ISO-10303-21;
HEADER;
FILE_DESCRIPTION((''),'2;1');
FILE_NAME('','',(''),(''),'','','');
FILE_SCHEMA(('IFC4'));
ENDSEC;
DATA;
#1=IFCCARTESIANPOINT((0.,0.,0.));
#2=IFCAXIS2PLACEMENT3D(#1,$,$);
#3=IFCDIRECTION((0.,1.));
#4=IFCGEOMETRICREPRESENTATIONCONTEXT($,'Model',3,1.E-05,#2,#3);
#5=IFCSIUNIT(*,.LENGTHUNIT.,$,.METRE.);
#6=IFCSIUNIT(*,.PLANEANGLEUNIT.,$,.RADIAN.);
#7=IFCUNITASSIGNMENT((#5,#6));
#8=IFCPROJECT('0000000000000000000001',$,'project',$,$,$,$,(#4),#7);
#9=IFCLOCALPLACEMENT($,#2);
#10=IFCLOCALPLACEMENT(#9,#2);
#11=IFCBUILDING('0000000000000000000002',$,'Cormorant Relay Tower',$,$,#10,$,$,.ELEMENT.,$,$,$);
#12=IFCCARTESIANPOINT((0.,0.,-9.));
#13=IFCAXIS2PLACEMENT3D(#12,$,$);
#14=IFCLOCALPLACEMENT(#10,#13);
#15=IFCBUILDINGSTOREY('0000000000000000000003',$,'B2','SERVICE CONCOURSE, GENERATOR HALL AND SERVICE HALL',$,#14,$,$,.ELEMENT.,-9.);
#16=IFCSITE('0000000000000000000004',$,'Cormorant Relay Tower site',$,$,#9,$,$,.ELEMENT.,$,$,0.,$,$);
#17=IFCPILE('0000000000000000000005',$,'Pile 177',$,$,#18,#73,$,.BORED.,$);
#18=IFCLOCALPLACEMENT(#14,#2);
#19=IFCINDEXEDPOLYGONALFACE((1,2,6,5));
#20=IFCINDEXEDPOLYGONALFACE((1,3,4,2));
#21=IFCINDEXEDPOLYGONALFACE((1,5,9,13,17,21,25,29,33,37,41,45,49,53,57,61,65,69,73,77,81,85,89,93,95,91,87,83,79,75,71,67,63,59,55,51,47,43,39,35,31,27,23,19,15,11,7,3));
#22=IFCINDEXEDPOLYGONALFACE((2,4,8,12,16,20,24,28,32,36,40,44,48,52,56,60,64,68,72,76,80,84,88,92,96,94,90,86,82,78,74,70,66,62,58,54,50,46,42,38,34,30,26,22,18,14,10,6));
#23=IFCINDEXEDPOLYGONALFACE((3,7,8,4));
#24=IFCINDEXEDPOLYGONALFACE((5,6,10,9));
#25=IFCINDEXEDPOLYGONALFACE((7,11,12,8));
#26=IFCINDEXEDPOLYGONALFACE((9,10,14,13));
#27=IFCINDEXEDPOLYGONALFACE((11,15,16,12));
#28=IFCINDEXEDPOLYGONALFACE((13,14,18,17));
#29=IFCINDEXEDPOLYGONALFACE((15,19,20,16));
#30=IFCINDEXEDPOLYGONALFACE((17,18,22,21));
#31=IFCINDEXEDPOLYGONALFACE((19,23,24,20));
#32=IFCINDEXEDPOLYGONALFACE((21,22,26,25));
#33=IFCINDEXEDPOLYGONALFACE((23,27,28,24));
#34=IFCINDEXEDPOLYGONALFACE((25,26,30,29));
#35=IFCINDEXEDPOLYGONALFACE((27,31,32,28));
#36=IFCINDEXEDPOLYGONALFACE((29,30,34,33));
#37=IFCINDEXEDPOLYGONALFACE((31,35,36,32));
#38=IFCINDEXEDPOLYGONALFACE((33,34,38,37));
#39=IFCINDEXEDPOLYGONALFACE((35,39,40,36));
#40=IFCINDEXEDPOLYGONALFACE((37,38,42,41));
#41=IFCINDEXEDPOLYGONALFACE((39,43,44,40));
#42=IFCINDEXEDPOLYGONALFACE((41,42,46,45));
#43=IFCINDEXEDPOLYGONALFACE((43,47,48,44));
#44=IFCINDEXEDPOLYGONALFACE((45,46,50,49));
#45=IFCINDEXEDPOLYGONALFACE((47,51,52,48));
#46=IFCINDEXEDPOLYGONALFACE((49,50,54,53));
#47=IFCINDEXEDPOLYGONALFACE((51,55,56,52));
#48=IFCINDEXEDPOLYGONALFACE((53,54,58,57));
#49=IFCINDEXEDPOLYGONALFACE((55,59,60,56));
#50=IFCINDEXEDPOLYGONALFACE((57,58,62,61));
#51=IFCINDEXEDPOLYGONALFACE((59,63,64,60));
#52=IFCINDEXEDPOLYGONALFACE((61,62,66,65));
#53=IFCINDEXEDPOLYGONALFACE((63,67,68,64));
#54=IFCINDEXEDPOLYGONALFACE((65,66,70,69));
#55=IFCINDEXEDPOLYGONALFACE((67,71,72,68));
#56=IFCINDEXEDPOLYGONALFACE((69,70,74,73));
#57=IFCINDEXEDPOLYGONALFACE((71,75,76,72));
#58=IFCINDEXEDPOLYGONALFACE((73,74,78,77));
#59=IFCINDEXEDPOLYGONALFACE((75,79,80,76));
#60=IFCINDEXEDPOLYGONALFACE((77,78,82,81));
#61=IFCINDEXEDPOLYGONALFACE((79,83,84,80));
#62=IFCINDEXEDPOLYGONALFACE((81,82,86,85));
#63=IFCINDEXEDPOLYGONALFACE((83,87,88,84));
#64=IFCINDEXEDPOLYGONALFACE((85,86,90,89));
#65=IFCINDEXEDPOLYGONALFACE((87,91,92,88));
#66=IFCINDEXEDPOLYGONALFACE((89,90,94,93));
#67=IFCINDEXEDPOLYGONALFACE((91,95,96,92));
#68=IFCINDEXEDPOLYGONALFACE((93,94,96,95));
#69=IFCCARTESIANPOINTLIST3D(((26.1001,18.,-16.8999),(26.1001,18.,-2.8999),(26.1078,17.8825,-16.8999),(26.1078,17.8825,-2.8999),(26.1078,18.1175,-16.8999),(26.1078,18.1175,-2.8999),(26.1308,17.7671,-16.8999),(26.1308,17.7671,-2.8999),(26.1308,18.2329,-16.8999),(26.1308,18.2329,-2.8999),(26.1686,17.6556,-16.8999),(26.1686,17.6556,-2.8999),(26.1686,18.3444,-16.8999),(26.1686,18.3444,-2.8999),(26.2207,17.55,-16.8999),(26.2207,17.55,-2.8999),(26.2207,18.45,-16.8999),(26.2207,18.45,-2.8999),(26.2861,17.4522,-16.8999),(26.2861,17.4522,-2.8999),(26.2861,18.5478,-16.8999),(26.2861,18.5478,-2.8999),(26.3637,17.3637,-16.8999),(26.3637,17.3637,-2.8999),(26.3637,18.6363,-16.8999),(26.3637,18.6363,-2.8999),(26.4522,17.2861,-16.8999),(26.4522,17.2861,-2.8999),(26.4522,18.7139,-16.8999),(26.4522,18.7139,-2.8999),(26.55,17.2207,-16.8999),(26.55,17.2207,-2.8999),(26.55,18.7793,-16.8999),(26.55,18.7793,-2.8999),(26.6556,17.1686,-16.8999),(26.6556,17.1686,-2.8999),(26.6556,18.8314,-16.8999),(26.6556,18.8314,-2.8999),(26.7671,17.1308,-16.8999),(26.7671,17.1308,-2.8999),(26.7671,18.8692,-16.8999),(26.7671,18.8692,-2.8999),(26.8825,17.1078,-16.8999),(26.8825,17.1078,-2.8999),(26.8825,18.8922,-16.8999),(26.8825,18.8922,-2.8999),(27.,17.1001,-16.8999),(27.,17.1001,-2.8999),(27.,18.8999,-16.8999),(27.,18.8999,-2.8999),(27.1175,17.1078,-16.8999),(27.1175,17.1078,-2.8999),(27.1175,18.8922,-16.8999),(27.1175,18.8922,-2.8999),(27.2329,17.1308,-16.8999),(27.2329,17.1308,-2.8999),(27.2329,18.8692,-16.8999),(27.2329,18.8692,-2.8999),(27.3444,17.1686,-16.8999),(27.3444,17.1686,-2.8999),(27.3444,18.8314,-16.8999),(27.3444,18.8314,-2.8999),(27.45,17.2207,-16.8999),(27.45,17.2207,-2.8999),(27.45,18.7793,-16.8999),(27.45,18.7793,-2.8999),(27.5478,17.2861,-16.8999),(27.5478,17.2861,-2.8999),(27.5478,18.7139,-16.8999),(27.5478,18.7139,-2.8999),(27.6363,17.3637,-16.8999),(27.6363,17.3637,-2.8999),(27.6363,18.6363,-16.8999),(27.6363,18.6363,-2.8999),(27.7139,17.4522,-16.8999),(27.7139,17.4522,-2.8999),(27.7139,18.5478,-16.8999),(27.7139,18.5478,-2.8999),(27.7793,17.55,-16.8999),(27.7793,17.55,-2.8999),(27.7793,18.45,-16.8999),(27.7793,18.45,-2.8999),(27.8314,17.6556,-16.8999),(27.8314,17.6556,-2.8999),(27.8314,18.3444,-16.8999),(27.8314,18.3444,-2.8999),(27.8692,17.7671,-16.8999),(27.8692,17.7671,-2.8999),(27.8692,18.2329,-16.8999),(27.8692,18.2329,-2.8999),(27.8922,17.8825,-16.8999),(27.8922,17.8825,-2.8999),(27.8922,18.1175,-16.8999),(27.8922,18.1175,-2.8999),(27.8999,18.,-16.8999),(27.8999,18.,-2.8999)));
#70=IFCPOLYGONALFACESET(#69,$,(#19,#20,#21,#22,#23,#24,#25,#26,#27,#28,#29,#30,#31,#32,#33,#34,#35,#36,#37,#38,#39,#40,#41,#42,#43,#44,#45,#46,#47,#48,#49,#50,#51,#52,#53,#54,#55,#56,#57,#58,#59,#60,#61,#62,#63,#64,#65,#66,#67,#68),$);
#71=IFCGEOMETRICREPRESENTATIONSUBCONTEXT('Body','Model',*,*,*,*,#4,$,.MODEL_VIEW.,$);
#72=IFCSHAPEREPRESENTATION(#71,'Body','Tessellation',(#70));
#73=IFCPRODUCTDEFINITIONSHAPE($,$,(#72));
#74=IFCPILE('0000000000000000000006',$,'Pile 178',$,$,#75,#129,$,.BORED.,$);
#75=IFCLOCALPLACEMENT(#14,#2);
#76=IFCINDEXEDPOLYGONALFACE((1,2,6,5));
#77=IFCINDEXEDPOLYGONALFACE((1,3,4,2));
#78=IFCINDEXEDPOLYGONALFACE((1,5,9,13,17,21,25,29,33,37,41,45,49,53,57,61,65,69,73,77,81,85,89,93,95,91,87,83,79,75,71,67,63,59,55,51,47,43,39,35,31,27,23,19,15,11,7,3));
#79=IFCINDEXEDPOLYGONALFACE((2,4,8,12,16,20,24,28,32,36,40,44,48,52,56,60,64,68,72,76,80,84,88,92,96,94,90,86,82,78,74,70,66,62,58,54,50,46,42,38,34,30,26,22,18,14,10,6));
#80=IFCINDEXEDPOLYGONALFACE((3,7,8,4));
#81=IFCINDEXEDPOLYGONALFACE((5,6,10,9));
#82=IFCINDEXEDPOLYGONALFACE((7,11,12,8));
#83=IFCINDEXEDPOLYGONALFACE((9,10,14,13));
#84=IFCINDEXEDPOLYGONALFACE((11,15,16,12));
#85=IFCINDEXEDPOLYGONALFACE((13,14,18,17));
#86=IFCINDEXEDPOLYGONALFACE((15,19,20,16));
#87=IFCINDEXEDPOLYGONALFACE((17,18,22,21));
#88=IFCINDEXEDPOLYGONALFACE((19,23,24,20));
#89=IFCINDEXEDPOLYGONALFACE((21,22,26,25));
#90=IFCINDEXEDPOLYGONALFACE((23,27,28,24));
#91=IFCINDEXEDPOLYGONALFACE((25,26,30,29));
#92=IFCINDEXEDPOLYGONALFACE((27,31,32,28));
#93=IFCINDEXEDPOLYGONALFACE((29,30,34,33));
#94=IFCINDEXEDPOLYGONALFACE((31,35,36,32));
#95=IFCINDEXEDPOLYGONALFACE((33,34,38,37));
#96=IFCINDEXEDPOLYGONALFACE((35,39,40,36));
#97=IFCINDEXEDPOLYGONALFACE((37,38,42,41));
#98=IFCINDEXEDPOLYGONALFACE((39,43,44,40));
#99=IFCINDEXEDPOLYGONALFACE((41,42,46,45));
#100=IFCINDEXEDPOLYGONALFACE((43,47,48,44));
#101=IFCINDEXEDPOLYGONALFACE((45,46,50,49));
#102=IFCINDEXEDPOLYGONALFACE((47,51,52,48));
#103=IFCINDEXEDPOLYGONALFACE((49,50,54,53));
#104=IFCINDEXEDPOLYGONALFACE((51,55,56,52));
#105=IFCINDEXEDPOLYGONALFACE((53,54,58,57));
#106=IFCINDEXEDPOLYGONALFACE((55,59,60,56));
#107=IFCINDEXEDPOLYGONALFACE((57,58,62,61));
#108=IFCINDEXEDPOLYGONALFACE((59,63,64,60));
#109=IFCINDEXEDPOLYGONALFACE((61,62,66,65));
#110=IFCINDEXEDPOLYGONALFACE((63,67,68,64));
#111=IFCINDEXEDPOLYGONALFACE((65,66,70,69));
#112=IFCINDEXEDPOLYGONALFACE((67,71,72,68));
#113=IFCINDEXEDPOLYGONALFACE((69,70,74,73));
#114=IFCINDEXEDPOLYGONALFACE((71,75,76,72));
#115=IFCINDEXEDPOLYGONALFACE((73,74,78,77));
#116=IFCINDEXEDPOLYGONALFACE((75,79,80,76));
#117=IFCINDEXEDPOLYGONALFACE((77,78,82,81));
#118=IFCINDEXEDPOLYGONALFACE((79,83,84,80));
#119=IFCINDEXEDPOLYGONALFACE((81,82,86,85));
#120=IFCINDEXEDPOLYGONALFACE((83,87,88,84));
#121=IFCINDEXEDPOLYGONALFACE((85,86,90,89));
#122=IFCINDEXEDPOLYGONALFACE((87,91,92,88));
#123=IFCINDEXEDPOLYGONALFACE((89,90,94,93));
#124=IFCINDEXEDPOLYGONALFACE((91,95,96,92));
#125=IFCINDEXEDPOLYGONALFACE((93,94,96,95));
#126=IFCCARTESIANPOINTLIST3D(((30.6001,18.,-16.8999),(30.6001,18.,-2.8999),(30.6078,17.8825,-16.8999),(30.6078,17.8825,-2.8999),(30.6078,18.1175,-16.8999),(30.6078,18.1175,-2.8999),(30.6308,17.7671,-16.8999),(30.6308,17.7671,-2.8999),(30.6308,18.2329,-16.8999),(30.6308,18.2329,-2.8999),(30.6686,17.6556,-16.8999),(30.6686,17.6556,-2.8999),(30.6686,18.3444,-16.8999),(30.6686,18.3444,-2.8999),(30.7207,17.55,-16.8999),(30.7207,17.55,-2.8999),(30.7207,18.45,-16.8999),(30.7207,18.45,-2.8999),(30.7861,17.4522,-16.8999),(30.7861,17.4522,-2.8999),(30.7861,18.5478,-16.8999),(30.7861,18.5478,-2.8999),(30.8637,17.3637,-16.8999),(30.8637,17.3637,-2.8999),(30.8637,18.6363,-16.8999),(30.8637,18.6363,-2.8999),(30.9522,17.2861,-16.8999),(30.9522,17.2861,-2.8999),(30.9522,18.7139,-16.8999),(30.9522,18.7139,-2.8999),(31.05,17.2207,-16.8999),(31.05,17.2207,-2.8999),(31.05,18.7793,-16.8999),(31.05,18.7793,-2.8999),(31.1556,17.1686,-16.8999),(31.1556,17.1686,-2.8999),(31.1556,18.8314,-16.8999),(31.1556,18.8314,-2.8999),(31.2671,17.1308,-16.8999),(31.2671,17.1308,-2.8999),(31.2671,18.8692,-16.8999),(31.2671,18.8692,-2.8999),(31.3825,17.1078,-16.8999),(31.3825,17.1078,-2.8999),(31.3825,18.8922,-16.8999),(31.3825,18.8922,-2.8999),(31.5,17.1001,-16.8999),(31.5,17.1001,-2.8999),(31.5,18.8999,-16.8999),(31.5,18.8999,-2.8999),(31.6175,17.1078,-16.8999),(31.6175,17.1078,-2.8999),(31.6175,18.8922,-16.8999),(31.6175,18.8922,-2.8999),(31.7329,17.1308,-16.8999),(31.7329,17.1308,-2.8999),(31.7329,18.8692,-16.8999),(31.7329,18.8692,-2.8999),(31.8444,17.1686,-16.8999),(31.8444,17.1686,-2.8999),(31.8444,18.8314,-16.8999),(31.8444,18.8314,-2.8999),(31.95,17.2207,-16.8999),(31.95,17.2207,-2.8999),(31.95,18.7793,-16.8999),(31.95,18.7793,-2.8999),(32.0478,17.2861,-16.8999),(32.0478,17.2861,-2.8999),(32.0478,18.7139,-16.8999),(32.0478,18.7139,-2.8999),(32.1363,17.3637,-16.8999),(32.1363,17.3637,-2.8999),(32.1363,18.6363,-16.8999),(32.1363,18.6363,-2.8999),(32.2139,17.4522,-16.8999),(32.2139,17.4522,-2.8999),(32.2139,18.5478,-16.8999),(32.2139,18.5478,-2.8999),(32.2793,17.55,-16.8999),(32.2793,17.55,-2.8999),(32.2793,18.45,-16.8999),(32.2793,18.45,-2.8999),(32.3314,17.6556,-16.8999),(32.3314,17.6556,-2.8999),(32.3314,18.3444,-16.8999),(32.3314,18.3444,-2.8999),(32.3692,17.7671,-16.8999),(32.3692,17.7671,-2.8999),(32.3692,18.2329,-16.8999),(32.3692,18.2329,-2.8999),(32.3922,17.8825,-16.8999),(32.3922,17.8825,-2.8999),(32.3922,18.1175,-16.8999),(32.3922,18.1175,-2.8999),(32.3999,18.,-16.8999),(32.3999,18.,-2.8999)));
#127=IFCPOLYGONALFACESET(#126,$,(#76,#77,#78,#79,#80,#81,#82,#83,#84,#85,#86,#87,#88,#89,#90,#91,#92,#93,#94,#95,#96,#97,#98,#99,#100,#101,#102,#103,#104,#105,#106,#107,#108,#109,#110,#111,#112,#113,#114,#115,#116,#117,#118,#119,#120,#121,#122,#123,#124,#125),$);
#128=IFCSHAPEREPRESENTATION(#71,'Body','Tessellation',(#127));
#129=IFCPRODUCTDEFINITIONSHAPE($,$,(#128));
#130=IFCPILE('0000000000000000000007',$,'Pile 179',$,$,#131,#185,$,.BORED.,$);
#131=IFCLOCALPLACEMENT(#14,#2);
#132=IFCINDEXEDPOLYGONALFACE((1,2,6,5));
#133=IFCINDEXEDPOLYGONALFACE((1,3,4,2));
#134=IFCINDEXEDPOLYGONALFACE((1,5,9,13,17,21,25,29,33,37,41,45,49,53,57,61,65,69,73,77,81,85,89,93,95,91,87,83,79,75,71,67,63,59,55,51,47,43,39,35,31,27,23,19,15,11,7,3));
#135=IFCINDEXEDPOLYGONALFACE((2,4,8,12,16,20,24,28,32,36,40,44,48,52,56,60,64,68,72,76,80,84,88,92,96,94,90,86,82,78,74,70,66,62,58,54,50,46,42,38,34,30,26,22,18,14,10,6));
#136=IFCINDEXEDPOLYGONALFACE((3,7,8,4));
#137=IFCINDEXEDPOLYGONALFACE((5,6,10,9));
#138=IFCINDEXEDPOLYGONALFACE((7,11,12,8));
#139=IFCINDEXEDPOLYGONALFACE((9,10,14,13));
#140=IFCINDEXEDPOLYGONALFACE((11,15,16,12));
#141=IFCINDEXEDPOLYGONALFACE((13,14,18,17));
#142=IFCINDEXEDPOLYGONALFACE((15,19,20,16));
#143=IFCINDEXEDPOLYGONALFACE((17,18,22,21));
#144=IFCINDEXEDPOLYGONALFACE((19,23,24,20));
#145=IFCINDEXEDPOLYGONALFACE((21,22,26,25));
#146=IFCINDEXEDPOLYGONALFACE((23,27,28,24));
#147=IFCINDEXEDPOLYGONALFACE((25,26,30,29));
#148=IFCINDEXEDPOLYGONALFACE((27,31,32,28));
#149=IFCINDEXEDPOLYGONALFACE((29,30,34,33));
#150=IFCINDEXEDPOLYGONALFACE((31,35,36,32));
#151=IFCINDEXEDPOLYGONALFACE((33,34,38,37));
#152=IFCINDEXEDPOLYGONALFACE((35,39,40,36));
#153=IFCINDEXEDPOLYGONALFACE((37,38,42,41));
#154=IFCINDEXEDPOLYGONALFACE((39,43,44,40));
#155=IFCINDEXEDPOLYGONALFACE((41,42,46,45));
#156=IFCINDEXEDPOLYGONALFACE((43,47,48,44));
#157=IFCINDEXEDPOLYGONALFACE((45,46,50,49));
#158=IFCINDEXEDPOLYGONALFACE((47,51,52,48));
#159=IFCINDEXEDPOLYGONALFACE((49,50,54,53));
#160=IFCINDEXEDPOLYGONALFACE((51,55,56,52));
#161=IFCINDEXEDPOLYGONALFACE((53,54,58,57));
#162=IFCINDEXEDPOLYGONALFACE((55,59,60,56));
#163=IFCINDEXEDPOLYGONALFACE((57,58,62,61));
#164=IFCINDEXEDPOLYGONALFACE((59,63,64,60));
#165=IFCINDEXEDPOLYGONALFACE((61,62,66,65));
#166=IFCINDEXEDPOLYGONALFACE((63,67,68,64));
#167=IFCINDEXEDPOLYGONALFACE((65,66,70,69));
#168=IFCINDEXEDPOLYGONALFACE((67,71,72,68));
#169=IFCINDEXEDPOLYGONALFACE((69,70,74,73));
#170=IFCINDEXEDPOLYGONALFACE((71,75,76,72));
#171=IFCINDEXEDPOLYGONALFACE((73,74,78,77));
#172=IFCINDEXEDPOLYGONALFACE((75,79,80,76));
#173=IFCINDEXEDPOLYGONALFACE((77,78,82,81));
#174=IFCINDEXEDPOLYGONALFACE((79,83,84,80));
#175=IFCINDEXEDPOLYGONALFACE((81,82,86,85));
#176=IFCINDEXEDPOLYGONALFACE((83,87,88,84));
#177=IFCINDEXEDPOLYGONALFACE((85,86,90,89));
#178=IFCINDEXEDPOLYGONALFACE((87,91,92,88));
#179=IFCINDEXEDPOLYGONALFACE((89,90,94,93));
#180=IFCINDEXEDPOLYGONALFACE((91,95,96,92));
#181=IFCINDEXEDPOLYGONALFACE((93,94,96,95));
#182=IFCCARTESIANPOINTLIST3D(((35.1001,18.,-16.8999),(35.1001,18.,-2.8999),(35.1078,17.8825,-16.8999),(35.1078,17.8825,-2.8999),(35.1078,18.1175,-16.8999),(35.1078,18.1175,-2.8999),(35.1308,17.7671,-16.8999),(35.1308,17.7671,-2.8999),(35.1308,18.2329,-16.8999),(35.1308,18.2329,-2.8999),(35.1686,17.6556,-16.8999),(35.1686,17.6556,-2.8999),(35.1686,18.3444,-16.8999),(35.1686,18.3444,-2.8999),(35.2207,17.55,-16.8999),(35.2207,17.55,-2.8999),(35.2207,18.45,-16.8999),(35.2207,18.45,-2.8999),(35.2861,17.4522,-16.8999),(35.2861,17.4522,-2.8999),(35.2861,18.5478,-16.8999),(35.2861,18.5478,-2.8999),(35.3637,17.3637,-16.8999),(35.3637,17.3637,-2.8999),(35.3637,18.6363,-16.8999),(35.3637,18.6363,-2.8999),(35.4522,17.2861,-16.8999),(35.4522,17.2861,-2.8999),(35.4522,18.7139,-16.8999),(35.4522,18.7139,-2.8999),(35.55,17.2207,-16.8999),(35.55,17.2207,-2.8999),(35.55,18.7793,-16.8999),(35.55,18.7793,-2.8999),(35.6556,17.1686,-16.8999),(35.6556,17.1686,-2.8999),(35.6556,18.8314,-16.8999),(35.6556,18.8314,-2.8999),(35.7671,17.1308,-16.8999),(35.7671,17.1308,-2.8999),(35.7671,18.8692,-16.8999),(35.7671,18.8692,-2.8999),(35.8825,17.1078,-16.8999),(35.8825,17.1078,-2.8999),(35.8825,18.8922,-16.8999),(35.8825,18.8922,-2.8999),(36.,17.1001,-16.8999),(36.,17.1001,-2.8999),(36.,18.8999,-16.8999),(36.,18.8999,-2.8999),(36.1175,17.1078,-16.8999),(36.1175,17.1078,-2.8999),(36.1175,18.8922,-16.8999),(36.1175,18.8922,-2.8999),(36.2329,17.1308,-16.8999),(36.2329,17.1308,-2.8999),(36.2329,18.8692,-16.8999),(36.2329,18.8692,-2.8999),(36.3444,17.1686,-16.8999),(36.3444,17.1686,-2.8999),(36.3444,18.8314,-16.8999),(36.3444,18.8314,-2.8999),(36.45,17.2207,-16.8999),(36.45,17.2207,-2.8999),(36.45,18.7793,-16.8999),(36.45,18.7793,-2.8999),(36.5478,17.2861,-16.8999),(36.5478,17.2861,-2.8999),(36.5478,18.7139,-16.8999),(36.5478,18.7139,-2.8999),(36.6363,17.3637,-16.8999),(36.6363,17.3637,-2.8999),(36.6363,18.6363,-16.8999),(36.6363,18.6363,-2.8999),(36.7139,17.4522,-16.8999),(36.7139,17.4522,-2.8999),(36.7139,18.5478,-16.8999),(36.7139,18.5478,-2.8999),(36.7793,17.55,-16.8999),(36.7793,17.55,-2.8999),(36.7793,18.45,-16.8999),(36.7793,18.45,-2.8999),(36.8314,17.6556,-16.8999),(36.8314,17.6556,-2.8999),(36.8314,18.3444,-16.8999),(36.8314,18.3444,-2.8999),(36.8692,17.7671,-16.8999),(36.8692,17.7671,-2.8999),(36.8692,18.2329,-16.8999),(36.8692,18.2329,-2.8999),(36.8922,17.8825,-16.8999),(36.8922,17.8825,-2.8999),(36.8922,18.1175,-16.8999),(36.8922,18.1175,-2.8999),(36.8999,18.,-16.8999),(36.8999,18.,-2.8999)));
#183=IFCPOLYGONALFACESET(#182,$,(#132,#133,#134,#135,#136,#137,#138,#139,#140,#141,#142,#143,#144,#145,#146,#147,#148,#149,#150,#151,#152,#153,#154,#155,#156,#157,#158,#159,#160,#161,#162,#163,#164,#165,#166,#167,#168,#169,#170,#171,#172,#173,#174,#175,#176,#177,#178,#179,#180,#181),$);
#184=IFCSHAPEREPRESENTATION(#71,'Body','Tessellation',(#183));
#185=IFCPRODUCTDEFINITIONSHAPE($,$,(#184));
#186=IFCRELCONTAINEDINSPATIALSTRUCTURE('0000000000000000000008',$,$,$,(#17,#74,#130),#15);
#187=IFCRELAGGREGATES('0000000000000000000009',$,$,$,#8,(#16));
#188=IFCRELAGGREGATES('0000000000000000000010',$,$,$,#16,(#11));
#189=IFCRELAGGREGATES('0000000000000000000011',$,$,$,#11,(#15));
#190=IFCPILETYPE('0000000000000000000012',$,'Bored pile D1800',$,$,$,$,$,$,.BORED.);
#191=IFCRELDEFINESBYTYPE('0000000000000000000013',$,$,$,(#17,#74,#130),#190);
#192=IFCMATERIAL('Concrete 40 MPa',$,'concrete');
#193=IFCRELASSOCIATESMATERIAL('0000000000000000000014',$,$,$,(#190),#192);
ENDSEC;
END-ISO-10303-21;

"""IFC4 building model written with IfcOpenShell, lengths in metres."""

from ifc_helpers import new_model, si_unit, direction, frame, origin, origin_2d, place, context, subcontext, project, spatial, circle, extrude, material, material_profile, profile_set, type_object, element, save


model = new_model("IFC4")

# Units and contexts
model_context = context("Model", 3, precision=1e-05, world=origin(), true_north=direction((0.0, 1.0)))
body_context = subcontext(model_context, "Body", "Model", "MODEL_VIEW")
ifc_project = project(units=[si_unit("LENGTHUNIT", "METRE"), si_unit("PLANEANGLEUNIT", "RADIAN")], contexts=[model_context])

# Site, building, storey
site_placement = place(None, origin())
site = spatial("IfcSite", under=ifc_project, at=site_placement, Name="Cormorant Relay Tower site", CompositionType="ELEMENT", RefElevation=0.0)
building_placement = place(site_placement, origin())
building = spatial("IfcBuilding", under=site, at=building_placement, Name="Cormorant Relay Tower", CompositionType="ELEMENT")
storey_placement = place(building_placement, frame((0.0, 0.0, -9.0)))
storey = spatial("IfcBuildingStorey", under=building, at=storey_placement, Name="B2", Description="SERVICE CONCOURSE, GENERATOR HALL AND SERVICE HALL", CompositionType="ELEMENT", Elevation=-9.0)

# Piles
ifc_material_1 = material(Name="Concrete 40 MPa", Category="concrete")
ifc_material_profile_1 = material_profile(ifc_material_1, circle(Radius=0.8999, at=origin_2d()), Name="BP1800")
ifc_profile_set_1 = profile_set([ifc_material_profile_1], Name="Concrete 40 MPa")
pile_type = type_object("IfcPileType", Name="Bored pile D1800", PredefinedType="BORED", material=ifc_profile_set_1)
for number, where, z_axis, x_axis, name in (
    (1, (27.0, 18.0, -2.8999), (0.0, 0.0, -1.0), (1.0, 0.0, 0.0), "Pile 177"),
    (2, (31.5, 18.0, -2.8999), (0.0, 0.0, -1.0), (1.0, 0.0, 0.0), "Pile 178"),
    (3, (36.0, 18.0, -2.8999), (0.0, 0.0, -1.0), (1.0, 0.0, 0.0), "Pile 179"),
):
    element("IfcPile", number, at=place(storey_placement, frame(where, z_axis=z_axis, x_axis=x_axis)), inside=storey, type_object=pile_type, Name=name, PredefinedType="BORED", context=body_context, shape_type="SweptSolid", body=[
        extrude(circle(Radius=0.8999, at=origin_2d()), origin(), (0.0, 0.0, 1.0), 14.0),
    ])

save(model, "model.ifc")
